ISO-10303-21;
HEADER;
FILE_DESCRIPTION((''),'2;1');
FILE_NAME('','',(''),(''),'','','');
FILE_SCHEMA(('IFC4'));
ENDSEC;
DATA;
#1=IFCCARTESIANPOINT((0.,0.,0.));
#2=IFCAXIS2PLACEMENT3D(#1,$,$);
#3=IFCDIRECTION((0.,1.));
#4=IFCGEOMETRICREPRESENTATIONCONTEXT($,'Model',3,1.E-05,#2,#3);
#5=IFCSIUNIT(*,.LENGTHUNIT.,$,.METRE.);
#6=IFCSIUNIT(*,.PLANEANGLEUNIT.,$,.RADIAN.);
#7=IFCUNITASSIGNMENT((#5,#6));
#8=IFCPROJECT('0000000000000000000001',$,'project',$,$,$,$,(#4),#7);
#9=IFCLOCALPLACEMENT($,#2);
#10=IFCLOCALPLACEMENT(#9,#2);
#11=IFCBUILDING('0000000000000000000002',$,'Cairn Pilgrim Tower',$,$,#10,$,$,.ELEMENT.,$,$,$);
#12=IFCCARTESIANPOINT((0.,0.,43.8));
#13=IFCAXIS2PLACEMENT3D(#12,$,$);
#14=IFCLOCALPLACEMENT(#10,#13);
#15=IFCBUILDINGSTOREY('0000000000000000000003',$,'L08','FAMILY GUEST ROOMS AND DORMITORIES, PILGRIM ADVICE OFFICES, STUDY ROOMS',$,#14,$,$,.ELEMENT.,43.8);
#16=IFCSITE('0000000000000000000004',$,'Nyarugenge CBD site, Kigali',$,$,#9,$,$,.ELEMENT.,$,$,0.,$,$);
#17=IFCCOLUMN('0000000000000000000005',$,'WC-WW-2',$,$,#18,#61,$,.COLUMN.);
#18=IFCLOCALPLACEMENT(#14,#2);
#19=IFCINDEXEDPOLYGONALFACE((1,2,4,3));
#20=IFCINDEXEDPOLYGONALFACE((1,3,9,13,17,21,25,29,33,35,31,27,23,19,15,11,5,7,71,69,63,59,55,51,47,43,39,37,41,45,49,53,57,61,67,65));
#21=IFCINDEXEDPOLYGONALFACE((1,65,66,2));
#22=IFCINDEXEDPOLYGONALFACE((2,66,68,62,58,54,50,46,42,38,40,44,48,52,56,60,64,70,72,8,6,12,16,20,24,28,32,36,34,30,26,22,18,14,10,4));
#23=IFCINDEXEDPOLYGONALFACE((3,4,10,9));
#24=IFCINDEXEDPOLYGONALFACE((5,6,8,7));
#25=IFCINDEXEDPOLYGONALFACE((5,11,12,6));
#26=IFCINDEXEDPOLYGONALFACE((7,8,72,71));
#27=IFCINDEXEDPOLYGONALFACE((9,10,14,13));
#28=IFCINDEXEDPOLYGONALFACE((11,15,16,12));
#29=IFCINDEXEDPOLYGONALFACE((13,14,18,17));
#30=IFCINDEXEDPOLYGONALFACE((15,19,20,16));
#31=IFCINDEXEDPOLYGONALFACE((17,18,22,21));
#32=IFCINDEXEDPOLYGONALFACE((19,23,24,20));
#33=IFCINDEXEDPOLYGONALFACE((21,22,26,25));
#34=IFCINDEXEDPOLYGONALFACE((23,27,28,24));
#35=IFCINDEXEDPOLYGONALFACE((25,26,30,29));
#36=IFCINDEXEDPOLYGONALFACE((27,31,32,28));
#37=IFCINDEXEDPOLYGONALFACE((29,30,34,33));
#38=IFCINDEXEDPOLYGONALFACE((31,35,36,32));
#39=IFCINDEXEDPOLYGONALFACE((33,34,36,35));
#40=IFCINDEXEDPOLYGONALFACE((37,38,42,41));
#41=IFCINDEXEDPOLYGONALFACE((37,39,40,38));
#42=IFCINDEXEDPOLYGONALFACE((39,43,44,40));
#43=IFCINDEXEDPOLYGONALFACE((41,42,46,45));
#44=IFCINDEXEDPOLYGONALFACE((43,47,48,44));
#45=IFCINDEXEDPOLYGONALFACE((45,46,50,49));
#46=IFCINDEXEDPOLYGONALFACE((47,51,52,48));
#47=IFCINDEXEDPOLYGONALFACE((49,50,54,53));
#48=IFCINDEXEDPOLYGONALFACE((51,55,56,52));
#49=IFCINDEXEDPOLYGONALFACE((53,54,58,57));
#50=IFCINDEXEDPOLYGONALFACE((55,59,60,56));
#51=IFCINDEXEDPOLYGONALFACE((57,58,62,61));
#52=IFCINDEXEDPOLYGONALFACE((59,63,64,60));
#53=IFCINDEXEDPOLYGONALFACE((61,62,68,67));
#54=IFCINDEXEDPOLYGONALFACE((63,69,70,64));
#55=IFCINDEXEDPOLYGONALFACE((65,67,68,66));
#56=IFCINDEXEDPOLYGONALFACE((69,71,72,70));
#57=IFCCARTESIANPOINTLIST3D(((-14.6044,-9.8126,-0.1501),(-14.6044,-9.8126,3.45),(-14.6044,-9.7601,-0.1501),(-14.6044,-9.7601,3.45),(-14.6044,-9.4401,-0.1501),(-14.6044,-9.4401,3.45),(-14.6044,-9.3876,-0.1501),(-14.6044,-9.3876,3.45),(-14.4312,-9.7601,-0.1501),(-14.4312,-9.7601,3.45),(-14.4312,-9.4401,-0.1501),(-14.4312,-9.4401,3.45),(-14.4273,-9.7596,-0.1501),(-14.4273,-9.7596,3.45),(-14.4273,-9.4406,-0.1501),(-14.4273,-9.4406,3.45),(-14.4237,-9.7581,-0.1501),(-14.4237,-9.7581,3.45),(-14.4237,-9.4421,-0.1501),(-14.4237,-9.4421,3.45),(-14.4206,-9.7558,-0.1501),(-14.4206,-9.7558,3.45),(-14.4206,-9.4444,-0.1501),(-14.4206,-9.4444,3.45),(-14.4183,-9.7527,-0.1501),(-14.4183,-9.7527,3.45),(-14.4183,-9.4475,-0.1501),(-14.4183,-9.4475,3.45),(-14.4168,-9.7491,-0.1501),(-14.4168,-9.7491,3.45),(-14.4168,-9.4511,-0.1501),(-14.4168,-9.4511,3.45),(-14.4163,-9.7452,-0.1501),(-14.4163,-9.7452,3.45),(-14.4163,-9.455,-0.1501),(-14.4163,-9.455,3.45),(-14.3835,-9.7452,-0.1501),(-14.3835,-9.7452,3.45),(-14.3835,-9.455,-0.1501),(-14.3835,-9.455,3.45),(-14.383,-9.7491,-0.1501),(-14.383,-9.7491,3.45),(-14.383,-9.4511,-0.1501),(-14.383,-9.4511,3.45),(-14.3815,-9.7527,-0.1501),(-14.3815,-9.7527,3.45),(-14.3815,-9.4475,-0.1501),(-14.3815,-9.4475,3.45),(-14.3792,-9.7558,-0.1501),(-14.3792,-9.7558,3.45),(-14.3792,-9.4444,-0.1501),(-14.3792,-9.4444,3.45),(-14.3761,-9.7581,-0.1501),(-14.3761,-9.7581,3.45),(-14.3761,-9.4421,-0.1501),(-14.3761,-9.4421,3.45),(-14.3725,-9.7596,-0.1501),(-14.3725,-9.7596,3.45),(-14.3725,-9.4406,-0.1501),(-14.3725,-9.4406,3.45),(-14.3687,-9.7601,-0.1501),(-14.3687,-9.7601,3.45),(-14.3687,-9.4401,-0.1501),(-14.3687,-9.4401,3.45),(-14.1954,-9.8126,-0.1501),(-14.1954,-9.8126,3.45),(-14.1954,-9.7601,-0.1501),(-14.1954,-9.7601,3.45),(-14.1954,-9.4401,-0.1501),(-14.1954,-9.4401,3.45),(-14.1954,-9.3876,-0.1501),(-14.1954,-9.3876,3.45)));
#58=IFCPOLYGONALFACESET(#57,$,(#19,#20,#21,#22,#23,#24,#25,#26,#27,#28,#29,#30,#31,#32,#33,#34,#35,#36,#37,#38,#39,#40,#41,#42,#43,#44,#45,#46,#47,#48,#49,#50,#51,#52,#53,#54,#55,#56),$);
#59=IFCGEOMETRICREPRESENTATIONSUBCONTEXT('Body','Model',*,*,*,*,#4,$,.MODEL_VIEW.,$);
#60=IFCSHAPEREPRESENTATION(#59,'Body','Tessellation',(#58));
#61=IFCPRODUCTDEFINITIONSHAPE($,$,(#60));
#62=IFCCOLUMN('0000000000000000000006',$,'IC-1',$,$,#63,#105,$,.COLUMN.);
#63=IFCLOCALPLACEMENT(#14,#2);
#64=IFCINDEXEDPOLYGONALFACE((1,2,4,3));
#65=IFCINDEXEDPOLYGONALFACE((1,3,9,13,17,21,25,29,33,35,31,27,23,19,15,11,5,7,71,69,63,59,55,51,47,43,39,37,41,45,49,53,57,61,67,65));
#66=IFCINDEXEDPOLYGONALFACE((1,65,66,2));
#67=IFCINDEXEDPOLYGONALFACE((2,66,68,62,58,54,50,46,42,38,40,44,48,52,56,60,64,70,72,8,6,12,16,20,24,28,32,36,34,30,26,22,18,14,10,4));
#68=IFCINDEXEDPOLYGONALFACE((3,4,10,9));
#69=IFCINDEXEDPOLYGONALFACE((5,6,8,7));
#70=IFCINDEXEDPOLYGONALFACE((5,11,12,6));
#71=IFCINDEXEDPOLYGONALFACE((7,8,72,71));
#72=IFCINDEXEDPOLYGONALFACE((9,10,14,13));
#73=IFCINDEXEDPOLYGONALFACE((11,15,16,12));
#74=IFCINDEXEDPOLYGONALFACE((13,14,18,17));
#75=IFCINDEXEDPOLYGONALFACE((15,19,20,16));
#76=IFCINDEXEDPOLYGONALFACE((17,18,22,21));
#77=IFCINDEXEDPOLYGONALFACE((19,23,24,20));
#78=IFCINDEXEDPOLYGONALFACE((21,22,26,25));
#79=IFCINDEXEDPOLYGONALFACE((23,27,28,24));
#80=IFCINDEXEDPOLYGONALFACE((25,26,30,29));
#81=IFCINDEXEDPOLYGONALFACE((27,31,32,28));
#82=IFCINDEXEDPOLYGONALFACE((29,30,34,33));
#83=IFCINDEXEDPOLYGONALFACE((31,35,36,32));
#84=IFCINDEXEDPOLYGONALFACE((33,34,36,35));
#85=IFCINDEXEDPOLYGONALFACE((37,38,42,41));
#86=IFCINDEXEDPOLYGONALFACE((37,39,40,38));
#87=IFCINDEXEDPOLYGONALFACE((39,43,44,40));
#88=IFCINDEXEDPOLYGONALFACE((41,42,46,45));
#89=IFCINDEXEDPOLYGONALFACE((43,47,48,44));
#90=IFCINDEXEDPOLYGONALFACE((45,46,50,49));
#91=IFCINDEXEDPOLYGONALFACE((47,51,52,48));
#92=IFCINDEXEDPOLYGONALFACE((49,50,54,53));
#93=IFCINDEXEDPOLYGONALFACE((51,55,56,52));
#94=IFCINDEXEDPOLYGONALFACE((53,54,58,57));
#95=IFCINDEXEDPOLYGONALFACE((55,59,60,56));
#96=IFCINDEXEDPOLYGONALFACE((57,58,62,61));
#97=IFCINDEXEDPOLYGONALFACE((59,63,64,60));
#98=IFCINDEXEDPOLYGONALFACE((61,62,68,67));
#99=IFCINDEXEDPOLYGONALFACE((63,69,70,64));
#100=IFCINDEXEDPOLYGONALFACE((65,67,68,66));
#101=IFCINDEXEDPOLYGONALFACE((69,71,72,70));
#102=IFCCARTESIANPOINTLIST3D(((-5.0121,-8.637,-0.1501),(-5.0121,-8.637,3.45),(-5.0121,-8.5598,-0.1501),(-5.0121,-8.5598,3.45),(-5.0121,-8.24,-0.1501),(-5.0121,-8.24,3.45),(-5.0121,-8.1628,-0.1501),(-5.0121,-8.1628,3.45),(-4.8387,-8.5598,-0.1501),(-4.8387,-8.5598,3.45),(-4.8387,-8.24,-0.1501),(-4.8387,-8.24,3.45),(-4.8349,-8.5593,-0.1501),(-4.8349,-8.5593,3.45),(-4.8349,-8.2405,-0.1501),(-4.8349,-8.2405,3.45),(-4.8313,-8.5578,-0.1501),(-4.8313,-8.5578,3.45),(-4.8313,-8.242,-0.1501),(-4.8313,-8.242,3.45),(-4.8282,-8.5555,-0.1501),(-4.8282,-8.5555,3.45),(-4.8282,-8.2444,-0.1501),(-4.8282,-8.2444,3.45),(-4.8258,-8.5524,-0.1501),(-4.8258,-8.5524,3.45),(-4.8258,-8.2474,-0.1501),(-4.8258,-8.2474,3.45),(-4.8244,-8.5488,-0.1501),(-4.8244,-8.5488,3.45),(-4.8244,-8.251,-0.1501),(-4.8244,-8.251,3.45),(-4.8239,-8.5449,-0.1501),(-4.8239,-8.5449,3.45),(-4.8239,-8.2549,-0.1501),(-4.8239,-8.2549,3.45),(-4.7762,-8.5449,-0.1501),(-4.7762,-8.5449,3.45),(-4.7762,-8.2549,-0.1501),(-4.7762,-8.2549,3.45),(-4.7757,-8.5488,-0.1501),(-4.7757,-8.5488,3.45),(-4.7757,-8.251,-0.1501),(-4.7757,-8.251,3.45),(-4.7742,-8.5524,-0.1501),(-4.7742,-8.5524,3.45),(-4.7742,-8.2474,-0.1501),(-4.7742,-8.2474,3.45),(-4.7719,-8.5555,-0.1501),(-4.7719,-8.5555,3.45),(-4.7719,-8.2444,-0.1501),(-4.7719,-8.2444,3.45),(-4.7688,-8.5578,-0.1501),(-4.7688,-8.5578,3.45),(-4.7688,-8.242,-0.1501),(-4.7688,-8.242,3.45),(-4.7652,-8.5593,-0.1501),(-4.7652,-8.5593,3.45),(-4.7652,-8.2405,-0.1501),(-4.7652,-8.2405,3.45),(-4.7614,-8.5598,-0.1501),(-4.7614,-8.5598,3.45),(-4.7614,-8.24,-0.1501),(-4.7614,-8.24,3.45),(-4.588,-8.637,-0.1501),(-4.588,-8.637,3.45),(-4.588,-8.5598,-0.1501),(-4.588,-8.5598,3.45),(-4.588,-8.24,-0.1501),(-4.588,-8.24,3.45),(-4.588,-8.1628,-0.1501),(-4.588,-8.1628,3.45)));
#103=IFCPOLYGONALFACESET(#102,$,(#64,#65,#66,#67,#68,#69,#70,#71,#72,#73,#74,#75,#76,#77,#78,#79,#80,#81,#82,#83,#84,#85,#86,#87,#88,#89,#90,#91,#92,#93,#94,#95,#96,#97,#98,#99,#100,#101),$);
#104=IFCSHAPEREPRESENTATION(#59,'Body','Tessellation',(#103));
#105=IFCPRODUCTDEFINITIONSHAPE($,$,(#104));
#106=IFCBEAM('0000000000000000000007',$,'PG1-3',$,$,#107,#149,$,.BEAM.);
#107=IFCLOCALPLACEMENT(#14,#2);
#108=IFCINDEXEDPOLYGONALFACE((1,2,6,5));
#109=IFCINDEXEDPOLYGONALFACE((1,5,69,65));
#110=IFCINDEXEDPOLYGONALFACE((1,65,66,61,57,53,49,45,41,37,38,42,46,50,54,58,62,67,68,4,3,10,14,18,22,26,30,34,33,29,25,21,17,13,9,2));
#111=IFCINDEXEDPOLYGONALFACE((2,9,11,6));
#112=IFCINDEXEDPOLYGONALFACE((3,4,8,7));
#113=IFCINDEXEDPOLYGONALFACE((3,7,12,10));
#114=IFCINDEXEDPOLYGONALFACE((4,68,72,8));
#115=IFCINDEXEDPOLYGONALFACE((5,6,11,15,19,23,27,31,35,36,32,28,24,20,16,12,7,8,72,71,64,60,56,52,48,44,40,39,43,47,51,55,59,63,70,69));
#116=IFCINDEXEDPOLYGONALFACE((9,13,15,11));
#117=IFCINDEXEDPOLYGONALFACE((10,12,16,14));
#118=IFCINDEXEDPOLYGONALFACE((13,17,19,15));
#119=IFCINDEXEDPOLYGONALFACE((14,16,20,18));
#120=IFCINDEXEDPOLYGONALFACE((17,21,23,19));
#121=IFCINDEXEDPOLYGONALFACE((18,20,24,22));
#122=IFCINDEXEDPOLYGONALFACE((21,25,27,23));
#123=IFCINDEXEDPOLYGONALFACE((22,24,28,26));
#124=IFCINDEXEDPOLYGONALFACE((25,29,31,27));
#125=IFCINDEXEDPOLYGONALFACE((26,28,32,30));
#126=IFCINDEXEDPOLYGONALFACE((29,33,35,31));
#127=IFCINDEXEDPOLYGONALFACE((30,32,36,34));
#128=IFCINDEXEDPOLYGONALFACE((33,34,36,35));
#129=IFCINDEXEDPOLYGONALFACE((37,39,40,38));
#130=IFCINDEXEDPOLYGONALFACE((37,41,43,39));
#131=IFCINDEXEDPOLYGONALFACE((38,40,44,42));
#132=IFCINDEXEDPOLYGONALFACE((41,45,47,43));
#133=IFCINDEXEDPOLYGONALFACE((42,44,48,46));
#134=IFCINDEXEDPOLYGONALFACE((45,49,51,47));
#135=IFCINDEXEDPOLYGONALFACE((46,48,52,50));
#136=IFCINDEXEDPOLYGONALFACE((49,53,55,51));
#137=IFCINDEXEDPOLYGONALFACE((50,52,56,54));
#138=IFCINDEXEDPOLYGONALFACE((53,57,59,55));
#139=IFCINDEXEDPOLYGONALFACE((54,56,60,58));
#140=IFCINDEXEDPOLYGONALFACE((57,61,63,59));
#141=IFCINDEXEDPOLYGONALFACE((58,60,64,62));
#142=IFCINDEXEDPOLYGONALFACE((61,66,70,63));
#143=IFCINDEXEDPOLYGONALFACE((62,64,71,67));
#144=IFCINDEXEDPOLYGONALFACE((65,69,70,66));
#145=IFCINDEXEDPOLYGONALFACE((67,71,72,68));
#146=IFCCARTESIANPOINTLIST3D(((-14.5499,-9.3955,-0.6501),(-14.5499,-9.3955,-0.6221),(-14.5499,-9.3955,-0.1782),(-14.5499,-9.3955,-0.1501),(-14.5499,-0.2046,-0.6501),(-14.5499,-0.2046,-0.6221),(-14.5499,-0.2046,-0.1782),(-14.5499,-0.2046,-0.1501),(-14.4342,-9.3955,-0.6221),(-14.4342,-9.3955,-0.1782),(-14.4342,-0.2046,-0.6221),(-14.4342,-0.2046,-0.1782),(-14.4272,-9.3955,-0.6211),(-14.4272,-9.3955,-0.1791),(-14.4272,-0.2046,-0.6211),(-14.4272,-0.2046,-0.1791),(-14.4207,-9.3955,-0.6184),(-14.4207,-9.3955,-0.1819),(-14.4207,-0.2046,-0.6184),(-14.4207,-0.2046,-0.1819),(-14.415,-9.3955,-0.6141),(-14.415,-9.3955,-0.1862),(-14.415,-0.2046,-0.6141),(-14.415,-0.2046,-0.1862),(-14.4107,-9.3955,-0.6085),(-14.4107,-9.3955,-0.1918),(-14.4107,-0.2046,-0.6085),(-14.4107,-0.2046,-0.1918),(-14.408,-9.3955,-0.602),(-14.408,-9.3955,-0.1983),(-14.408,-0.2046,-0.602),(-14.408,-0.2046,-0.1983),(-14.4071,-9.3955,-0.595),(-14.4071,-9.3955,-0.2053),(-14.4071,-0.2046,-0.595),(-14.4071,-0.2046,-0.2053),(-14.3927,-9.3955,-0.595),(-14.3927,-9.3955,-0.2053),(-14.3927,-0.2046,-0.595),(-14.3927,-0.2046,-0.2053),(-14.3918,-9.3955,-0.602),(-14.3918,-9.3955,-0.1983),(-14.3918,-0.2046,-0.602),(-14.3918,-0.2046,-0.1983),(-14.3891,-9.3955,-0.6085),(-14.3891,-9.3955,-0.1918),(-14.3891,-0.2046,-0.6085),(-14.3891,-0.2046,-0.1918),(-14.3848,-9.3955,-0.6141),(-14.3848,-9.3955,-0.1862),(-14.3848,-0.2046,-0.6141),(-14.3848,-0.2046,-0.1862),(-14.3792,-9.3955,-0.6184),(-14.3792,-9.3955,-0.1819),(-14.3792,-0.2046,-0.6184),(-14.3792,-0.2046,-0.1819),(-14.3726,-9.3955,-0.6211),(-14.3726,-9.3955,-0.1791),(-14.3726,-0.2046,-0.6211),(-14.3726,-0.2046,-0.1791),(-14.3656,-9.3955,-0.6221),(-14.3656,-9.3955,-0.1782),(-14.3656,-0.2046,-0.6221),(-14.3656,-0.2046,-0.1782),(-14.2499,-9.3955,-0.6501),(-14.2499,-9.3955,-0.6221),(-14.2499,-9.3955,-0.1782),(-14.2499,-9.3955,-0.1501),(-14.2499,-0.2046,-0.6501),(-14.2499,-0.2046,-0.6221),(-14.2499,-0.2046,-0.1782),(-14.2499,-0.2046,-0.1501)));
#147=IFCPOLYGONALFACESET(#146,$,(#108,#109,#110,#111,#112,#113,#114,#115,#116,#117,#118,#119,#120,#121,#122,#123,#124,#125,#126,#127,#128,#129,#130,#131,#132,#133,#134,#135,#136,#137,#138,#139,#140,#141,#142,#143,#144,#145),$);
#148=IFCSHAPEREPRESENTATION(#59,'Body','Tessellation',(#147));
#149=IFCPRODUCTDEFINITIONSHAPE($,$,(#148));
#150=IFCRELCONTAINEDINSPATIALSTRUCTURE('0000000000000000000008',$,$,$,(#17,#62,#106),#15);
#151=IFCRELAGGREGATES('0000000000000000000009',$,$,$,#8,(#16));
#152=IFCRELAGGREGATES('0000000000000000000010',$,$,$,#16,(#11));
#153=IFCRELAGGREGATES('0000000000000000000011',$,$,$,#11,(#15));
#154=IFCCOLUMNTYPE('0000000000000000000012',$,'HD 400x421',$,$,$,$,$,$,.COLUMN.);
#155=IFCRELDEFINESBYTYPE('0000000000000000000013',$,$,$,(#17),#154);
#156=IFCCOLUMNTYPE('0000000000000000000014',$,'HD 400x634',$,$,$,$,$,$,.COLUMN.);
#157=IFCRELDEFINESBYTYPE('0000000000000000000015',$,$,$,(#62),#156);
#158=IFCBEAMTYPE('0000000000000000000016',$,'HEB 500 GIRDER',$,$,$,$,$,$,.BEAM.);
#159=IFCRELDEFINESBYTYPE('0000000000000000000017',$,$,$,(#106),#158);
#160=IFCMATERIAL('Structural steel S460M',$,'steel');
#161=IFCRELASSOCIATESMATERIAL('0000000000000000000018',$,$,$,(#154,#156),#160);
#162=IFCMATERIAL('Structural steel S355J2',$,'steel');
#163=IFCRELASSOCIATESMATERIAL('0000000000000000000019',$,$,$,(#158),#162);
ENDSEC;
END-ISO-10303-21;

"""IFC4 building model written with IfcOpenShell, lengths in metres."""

from ifc_helpers import new_model, si_unit, direction, frame, origin, origin_2d, place, context, subcontext, project, spatial, i_section, extrude, material, material_profile, profile_set, type_object, element, save


model = new_model("IFC4")

# Units and contexts
model_context = context("Model", 3, precision=1e-05, world=origin(), true_north=direction((0.0, 1.0)))
body_context = subcontext(model_context, "Body", "Model", "MODEL_VIEW")
ifc_project = project(units=[si_unit("LENGTHUNIT", "METRE"), si_unit("PLANEANGLEUNIT", "RADIAN")], contexts=[model_context])

# Site, building, storey
site_placement = place(None, origin())
site = spatial("IfcSite", under=ifc_project, at=site_placement, Name="Nyarugenge CBD site, Kigali", CompositionType="ELEMENT", RefElevation=0.0)
building_placement = place(site_placement, origin())
building = spatial("IfcBuilding", under=site, at=building_placement, Name="Cairn Pilgrim Tower", CompositionType="ELEMENT")
storey_placement = place(building_placement, frame((0.0, 0.0, 43.8)))
storey = spatial("IfcBuildingStorey", under=building, at=storey_placement, Name="L08", Description="FAMILY GUEST ROOMS AND DORMITORIES, PILGRIM ADVICE OFFICES, STUDY ROOMS", CompositionType="ELEMENT", Elevation=43.8)

# Columns
ifc_material_1 = material(Name="Structural steel S460M", Category="steel")
ifc_material_profile_1 = material_profile(ifc_material_1, i_section(OverallWidth=0.4089, OverallDepth=0.425, WebThickness=0.0327, FlangeThickness=0.0525, FilletRadius=0.0149, at=origin_2d()), Name="HD 400x421")
ifc_profile_set_1 = profile_set([ifc_material_profile_1], Name="Structural steel S460M")
column_type_1 = type_object("IfcColumnType", Name="HD 400x421", PredefinedType="COLUMN", material=ifc_profile_set_1)
column_1_placement = place(storey_placement, frame((-14.3999, -9.6001, -0.1501), z_axis=(0.0, 0.0, 1.0), x_axis=(1.0, 0.0, 0.0)))
element("IfcColumn", 1, at=column_1_placement, inside=storey, type_object=column_type_1, Name="WC-WW-2", PredefinedType="COLUMN", context=body_context, shape_type="SweptSolid", body=[
    extrude(i_section(OverallWidth=0.4089, OverallDepth=0.425, WebThickness=0.0327, FlangeThickness=0.0525, FilletRadius=0.0149, at=origin_2d()), origin(), (0.0, 0.0, 1.0), 3.6001),
])
ifc_material_profile_2 = material_profile(ifc_material_1, i_section(OverallWidth=0.4241, OverallDepth=0.4741, WebThickness=0.0476, FlangeThickness=0.0771, FilletRadius=0.0149, at=origin_2d()), Name="HD 400x634")
ifc_profile_set_2 = profile_set([ifc_material_profile_2], Name="Structural steel S460M")
column_type_2 = type_object("IfcColumnType", Name="HD 400x634", PredefinedType="COLUMN", material=ifc_profile_set_2)
column_2_placement = place(storey_placement, frame((-4.8, -8.3999, -0.1501), z_axis=(0.0, 0.0, 1.0), x_axis=(1.0, 0.0, 0.0)))
element("IfcColumn", 2, at=column_2_placement, inside=storey, type_object=column_type_2, Name="IC-1", PredefinedType="COLUMN", context=body_context, shape_type="SweptSolid", body=[
    extrude(i_section(OverallWidth=0.4241, OverallDepth=0.4741, WebThickness=0.0476, FlangeThickness=0.0771, FilletRadius=0.0149, at=origin_2d()), origin(), (0.0, 0.0, 1.0), 3.6001),
])

# Beam
ifc_material_2 = material(Name="Structural steel S355J2", Category="steel")
ifc_material_profile_3 = material_profile(ifc_material_2, i_section(OverallWidth=0.3, OverallDepth=0.5, WebThickness=0.0144, FlangeThickness=0.0281, FilletRadius=0.0271, at=origin_2d()), Name="HEB 500")
ifc_profile_set_3 = profile_set([ifc_material_profile_3], Name="Structural steel S355J2")
beam_type_1 = type_object("IfcBeamType", Name="HEB 500 GIRDER", PredefinedType="BEAM", material=ifc_profile_set_3)
beam_1_placement = place(storey_placement, frame((-14.3999, -9.3955, -0.4001), z_axis=(0.0, 1.0, 0.0), x_axis=(-1.0, 0.0, 0.0)))
element("IfcBeam", 3, at=beam_1_placement, inside=storey, type_object=beam_type_1, Name="PG1-3", PredefinedType="BEAM", context=body_context, shape_type="SweptSolid", body=[
    extrude(i_section(OverallWidth=0.3, OverallDepth=0.5, WebThickness=0.0144, FlangeThickness=0.0281, FilletRadius=0.0271, at=origin_2d()), origin(), (0.0, 0.0, 1.0), 9.1909),
])

save(model, "model.ifc")
